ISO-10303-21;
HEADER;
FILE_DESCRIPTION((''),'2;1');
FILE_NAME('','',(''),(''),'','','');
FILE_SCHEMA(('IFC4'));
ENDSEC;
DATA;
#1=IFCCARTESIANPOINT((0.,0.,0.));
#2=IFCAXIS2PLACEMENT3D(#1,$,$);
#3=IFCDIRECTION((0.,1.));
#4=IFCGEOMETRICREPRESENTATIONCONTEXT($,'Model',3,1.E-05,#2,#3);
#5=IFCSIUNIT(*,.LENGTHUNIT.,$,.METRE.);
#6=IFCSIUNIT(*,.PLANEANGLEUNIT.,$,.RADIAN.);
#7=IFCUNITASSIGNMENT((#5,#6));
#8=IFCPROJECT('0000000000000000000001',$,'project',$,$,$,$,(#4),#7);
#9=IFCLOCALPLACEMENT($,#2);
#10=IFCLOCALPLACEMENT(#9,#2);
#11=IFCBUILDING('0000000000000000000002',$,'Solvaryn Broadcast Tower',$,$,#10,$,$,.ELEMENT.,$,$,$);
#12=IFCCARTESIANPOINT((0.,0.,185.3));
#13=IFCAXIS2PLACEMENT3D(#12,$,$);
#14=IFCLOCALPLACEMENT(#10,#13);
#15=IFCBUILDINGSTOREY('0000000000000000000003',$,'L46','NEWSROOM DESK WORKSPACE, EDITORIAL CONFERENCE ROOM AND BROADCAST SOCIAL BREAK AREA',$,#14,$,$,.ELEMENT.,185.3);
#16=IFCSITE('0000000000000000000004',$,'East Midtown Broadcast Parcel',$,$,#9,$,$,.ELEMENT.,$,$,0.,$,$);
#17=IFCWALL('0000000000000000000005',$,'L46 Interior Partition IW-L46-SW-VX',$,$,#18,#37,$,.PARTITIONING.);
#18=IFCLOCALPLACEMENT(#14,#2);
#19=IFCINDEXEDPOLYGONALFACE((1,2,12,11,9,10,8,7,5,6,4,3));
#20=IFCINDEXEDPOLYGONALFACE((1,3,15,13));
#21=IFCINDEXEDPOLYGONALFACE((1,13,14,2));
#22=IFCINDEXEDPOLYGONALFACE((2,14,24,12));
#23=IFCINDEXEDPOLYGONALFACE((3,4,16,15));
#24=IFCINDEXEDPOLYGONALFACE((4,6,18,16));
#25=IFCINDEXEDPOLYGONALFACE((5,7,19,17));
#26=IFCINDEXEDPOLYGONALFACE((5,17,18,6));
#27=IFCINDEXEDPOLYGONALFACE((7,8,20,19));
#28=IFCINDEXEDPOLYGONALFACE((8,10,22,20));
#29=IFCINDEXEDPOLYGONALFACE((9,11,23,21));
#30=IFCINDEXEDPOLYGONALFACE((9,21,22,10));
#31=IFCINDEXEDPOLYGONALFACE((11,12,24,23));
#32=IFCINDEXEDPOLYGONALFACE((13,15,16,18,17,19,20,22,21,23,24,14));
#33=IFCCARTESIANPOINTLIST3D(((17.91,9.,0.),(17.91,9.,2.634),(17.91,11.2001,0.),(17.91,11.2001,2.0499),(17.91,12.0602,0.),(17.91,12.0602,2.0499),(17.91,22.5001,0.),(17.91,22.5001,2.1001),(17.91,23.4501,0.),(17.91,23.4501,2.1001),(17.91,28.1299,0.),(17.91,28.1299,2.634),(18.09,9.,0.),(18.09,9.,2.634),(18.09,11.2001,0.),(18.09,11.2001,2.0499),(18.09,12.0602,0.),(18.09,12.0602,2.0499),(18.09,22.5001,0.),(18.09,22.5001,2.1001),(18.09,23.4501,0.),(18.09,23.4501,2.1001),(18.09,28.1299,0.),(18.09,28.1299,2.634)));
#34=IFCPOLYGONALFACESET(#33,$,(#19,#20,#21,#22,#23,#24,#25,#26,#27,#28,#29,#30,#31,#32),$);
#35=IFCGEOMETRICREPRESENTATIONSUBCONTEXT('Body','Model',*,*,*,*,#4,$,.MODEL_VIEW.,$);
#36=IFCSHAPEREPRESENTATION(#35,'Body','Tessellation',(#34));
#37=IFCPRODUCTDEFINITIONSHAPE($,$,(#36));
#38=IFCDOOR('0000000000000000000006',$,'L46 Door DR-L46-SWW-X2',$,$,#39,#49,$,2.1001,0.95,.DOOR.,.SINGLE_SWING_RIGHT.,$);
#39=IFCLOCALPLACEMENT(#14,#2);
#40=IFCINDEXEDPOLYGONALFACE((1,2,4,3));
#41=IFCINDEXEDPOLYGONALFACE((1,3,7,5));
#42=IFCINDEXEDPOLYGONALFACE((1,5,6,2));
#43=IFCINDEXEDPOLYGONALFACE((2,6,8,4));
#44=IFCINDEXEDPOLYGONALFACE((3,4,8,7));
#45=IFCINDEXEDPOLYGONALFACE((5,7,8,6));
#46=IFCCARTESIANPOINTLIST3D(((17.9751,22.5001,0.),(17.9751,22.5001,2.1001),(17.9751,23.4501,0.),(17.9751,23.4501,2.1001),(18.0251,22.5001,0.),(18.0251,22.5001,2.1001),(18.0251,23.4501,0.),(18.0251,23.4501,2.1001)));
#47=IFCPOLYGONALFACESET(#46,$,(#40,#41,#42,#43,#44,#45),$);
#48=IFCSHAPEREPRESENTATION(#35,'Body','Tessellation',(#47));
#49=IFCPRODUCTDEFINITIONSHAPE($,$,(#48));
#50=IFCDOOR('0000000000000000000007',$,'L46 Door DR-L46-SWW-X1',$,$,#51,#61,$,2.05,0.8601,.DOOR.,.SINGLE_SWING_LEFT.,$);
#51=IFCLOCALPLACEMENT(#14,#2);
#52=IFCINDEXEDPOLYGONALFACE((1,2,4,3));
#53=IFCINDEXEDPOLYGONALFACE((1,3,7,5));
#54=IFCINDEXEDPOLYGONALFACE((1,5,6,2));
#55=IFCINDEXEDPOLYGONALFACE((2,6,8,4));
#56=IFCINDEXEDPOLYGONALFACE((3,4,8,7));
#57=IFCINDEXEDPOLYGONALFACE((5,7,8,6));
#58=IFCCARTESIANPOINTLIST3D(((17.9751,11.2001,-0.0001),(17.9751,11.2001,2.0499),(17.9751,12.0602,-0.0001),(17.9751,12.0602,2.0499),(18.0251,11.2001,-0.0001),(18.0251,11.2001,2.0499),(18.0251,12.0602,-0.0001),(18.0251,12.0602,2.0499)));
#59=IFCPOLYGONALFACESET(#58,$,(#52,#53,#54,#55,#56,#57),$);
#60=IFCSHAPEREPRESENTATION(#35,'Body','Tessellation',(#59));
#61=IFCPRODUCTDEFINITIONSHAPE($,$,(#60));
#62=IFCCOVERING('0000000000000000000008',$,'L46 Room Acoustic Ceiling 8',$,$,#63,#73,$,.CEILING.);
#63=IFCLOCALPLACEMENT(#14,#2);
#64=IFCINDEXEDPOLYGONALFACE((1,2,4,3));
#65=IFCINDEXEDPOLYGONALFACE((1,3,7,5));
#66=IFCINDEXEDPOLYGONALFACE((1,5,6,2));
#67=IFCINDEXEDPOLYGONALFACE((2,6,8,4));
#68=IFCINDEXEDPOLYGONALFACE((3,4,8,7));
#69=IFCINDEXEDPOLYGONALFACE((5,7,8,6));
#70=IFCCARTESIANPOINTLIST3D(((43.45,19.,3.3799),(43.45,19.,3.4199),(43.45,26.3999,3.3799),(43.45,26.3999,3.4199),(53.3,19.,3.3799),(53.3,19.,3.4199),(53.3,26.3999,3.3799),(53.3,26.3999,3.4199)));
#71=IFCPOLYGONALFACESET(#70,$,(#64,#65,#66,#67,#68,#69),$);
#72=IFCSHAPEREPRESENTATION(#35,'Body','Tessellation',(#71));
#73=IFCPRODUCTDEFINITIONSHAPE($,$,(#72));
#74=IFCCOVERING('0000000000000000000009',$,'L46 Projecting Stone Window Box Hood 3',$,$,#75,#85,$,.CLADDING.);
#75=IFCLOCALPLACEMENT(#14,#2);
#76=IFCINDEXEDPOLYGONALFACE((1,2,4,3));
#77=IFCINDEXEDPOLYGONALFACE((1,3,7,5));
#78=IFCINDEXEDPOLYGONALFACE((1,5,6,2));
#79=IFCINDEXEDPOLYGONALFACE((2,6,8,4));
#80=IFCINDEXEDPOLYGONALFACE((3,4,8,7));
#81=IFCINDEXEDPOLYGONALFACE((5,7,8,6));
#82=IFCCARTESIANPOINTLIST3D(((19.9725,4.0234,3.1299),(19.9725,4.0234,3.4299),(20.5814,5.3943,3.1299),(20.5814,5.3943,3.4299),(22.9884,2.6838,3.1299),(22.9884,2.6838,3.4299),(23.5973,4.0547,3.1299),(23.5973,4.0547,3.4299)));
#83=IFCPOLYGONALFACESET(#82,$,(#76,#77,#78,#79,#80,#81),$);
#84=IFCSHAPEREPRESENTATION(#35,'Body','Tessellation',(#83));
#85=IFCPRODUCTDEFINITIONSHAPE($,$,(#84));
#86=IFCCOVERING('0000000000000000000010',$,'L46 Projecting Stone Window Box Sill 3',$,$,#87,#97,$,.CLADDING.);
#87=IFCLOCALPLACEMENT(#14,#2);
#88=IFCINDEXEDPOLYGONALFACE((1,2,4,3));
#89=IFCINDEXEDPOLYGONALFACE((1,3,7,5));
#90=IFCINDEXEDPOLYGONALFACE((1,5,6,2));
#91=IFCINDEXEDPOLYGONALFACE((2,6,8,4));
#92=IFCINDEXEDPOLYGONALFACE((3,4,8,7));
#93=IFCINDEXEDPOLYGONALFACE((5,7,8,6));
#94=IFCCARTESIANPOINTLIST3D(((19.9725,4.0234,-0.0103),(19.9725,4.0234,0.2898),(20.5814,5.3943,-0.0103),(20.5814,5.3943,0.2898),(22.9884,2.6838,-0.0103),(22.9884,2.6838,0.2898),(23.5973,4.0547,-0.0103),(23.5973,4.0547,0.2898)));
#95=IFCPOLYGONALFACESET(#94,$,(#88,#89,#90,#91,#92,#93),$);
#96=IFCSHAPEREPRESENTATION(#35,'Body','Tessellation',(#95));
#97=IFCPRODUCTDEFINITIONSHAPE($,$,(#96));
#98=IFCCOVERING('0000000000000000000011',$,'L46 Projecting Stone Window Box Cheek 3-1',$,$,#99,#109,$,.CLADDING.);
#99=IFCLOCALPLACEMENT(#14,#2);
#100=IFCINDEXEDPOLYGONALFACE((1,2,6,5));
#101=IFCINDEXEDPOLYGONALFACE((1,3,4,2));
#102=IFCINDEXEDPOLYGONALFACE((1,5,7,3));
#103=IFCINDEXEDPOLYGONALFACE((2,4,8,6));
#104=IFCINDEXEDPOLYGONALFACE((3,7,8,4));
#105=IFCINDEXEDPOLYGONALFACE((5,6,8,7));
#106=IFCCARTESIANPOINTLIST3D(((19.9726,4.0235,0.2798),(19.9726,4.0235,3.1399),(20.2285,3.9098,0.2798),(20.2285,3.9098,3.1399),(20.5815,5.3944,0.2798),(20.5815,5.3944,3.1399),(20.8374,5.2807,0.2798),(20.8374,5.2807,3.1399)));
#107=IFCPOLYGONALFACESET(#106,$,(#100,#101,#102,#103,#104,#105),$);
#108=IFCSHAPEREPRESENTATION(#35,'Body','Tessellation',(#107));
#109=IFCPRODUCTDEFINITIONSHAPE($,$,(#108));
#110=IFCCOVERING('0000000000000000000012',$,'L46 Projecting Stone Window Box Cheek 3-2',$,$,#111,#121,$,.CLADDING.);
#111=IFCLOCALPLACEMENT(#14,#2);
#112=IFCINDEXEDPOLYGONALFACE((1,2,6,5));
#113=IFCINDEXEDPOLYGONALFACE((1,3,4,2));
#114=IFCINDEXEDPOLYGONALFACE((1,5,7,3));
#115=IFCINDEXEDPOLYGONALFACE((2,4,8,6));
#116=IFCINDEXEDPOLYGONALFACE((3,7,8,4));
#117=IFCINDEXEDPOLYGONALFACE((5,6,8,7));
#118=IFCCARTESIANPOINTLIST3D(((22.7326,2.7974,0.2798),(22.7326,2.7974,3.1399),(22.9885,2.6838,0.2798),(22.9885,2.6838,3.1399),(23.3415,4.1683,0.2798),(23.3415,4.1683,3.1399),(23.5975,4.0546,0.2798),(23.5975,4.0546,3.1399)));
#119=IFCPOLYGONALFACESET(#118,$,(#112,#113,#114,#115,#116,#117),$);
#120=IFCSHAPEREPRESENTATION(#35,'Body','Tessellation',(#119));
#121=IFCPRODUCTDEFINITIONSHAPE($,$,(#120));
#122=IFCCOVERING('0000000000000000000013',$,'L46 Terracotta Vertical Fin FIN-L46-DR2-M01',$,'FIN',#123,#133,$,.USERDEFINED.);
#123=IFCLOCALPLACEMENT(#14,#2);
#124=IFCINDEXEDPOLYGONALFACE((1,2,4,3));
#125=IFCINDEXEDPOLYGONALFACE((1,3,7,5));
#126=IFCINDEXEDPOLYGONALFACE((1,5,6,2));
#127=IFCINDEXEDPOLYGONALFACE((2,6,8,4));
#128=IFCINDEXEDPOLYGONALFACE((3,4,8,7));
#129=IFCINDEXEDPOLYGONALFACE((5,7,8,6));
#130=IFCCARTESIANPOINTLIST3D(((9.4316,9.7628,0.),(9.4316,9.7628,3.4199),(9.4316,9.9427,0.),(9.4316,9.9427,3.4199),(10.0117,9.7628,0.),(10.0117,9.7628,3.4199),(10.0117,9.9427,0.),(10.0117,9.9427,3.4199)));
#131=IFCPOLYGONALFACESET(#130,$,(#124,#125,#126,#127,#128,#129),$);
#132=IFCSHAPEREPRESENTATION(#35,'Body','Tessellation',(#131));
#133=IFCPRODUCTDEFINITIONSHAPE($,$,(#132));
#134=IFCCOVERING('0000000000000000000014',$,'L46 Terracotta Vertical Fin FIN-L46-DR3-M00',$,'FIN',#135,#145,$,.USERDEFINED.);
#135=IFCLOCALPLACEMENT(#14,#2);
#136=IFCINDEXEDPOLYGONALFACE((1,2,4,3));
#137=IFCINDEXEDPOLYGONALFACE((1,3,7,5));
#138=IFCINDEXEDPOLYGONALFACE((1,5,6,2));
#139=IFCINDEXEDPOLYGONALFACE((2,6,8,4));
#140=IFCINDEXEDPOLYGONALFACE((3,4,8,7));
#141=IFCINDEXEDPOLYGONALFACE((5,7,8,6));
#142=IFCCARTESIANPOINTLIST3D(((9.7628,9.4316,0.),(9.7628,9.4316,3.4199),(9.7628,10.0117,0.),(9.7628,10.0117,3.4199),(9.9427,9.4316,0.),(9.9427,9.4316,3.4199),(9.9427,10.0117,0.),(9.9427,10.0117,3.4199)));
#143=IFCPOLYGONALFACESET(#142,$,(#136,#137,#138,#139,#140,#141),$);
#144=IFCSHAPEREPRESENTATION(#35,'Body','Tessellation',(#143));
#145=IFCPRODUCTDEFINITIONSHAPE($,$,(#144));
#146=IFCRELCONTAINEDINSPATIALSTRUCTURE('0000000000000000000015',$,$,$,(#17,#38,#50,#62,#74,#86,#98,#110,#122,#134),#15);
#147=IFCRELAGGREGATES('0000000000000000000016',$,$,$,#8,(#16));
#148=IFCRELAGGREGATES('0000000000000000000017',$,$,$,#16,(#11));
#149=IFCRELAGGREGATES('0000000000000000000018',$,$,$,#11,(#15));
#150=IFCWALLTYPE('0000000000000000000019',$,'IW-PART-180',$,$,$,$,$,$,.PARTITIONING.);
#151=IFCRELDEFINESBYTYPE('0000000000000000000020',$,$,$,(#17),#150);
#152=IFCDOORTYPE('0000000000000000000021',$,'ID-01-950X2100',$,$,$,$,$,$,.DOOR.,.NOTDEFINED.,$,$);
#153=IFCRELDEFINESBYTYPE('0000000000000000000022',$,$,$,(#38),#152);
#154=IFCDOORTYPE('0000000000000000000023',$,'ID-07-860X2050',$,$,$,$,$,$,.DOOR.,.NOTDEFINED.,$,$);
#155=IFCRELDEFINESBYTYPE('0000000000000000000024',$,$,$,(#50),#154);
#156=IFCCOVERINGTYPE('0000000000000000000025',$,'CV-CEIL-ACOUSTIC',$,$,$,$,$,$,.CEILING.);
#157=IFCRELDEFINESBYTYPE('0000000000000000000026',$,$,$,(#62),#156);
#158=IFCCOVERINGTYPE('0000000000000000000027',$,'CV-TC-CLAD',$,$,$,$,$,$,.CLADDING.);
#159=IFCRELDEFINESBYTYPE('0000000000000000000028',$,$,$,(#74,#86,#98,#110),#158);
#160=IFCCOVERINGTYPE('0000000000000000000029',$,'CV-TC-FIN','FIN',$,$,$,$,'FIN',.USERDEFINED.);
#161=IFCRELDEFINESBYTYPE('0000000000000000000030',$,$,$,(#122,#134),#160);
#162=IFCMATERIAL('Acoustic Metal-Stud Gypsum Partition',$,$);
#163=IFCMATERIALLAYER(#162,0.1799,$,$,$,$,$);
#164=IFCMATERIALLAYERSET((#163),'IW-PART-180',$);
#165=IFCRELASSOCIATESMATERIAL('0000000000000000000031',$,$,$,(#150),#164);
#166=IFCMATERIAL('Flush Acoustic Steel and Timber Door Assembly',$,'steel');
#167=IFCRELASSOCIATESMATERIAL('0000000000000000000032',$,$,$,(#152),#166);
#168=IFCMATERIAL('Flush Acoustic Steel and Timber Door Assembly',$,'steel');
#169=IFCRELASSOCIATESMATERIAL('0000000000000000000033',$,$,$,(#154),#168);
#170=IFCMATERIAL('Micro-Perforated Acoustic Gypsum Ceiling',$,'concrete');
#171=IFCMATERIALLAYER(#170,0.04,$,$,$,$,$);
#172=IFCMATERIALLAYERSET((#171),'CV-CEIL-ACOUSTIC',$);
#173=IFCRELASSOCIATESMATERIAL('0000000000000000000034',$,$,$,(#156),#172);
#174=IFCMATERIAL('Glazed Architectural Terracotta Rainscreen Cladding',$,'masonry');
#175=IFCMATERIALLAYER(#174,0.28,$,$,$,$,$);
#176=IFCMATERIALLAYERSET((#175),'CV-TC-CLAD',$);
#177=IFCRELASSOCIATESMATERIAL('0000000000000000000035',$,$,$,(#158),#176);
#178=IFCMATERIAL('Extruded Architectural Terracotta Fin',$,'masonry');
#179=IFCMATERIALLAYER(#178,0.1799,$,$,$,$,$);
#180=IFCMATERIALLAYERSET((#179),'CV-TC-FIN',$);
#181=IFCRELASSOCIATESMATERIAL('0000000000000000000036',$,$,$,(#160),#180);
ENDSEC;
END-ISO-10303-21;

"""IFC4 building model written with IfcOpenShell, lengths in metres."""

from ifc_helpers import new_model, si_unit, direction, frame, frame_2d, origin, origin_2d, place, context, subcontext, project, spatial, polyline, rectangle, outline, extrude, material, layer, layer_set, type_object, element, fill, save


model = new_model("IFC4")

# Units and contexts
model_context = context("Model", 3, precision=1e-05, world=origin(), true_north=direction((0.0, 1.0)))
body_context = subcontext(model_context, "Body", "Model", "MODEL_VIEW")
ifc_project = project(units=[si_unit("LENGTHUNIT", "METRE"), si_unit("PLANEANGLEUNIT", "RADIAN")], contexts=[model_context])

# Site, building, storey
site_placement = place(None, origin())
site = spatial("IfcSite", under=ifc_project, at=site_placement, Name="East Midtown Broadcast Parcel", CompositionType="ELEMENT", RefElevation=0.0)
building_placement = place(site_placement, origin())
building = spatial("IfcBuilding", under=site, at=building_placement, Name="Solvaryn Broadcast Tower", CompositionType="ELEMENT")
storey_placement = place(building_placement, frame((0.0, 0.0, 185.3)))
storey = spatial("IfcBuildingStorey", under=building, at=storey_placement, Name="L46", Description="NEWSROOM DESK WORKSPACE, EDITORIAL CONFERENCE ROOM AND BROADCAST SOCIAL BREAK AREA", CompositionType="ELEMENT", Elevation=185.3)

# Wall, openings, doors
ifc_material_1 = material(Name="Acoustic Metal-Stud Gypsum Partition")
ifc_layer_1 = layer(ifc_material_1, 0.1799)
ifc_layer_set_1 = layer_set([ifc_layer_1], Name="IW-PART-180")
wall_type_1 = type_object("IfcWallType", Name="IW-PART-180", PredefinedType="PARTITIONING", material=ifc_layer_set_1)
wall_1_placement = place(storey_placement, frame((18.0, 9.0, 0.0), z_axis=(0.0, 0.0, 1.0), x_axis=(0.0, 1.0, 0.0)))
wall_1 = element("IfcWall", 1, at=wall_1_placement, inside=storey, type_object=wall_type_1, Name="L46 Interior Partition IW-L46-SW-VX", PredefinedType="PARTITIONING", context=body_context, shape_type="SweptSolid", body=[
    extrude(rectangle(XDim=19.1299, YDim=0.1799, at=frame_2d((9.5649, 0.0))), origin(), (0.0, 0.0, 1.0), 2.634),
])
opening_1_placement = place(wall_1_placement, frame((2.2, 0.0, 0.0)))
opening_1 = element("IfcOpeningElement", 2, at=opening_1_placement, cuts=wall_1, PredefinedType="OPENING", context=body_context, shape_type="SweptSolid", body=[
    extrude(rectangle(XDim=0.8601, YDim=2.05, at=frame_2d((0.4302, 1.0249))), frame((0.0, 0.0999, 0.0), z_axis=(0.0, -1.0, 0.0), x_axis=(1.0, 0.0, 0.0)), (0.0, 0.0, 1.0), 0.2),
])
opening_2_placement = place(wall_1_placement, frame((13.5, 0.0, 0.0)))
opening_2 = element("IfcOpeningElement", 3, at=opening_2_placement, cuts=wall_1, PredefinedType="OPENING", context=body_context, shape_type="SweptSolid", body=[
    extrude(rectangle(XDim=0.95, YDim=2.1001, at=frame_2d((0.4751, 1.05))), frame((0.0, 0.0999, 0.0), z_axis=(0.0, -1.0, 0.0), x_axis=(1.0, 0.0, 0.0)), (0.0, 0.0, 1.0), 0.2),
])
ifc_material_2 = material(Name="Flush Acoustic Steel and Timber Door Assembly", Category="steel")
door_type_1 = type_object("IfcDoorType", Name="ID-01-950X2100", OperationType="NOTDEFINED", PredefinedType="DOOR", material=ifc_material_2)
door_1_placement = place(opening_2_placement, origin())
door_1 = element("IfcDoor", 4, at=door_1_placement, inside=storey, type_object=door_type_1, Name="L46 Door DR-L46-SWW-X2", OperationType="SINGLE_SWING_RIGHT", OverallHeight=2.1001, OverallWidth=0.95, PredefinedType="DOOR", context=body_context, shape_type="SweptSolid", body=[
    extrude(rectangle(XDim=0.95, YDim=2.1001, at=frame_2d((0.4751, 1.05))), frame((0.0, 0.0249, 0.0), z_axis=(0.0, -1.0, 0.0), x_axis=(1.0, 0.0, 0.0)), (0.0, 0.0, 1.0), 0.05),
])
fill(opening_2, door_1)
ifc_material_3 = material(Name="Flush Acoustic Steel and Timber Door Assembly", Category="steel")
door_type_2 = type_object("IfcDoorType", Name="ID-07-860X2050", OperationType="NOTDEFINED", PredefinedType="DOOR", material=ifc_material_3)
door_2_placement = place(opening_1_placement, origin())
door_2 = element("IfcDoor", 5, at=door_2_placement, inside=storey, type_object=door_type_2, Name="L46 Door DR-L46-SWW-X1", OperationType="SINGLE_SWING_LEFT", OverallHeight=2.05, OverallWidth=0.8601, PredefinedType="DOOR", context=body_context, shape_type="SweptSolid", body=[
    extrude(rectangle(XDim=0.8601, YDim=2.05, at=frame_2d((0.4302, 1.0249))), frame((0.0, 0.0249, 0.0), z_axis=(0.0, -1.0, 0.0), x_axis=(1.0, 0.0, 0.0)), (0.0, 0.0, 1.0), 0.05),
])
fill(opening_1, door_2)

# Coverings
ifc_material_4 = material(Name="Micro-Perforated Acoustic Gypsum Ceiling", Category="concrete")
ifc_layer_2 = layer(ifc_material_4, 0.04)
ifc_layer_set_2 = layer_set([ifc_layer_2], Name="CV-CEIL-ACOUSTIC")
covering_type_1 = type_object("IfcCoveringType", Name="CV-CEIL-ACOUSTIC", PredefinedType="CEILING", material=ifc_layer_set_2)
covering_1_placement = place(storey_placement, frame((0.0, 0.0, 3.3799)))
element("IfcCovering", 6, at=covering_1_placement, inside=storey, type_object=covering_type_1, Name="L46 Room Acoustic Ceiling 8", PredefinedType="CEILING", context=body_context, shape_type="SweptSolid", body=[
    extrude(outline(polyline([(43.45, 19.0), (53.3, 19.0), (53.3, 26.3999), (43.45, 26.3999), (43.45, 19.0)])), origin(), (0.0, 0.0, 1.0), 0.04),
])
ifc_material_5 = material(Name="Glazed Architectural Terracotta Rainscreen Cladding", Category="masonry")
ifc_layer_3 = layer(ifc_material_5, 0.28)
ifc_layer_set_3 = layer_set([ifc_layer_3], Name="CV-TC-CLAD")
covering_type_2 = type_object("IfcCoveringType", Name="CV-TC-CLAD", PredefinedType="CLADDING", material=ifc_layer_set_3)
for number, where, z_axis, x_axis, name in (
    (7, (21.7849, 4.0391, 3.1299), (0.0, 0.0, 1.0), (0.9139, -0.405939, 0.0), "L46 Projecting Stone Window Box Hood 3"),
    (8, (21.7849, 4.0391, -0.0103), (0.0, 0.0, 1.0), (0.9139, -0.405939, 0.0), "L46 Projecting Stone Window Box Sill 3"),
):
    element("IfcCovering", number, at=place(storey_placement, frame(where, z_axis=z_axis, x_axis=x_axis)), inside=storey, type_object=covering_type_2, Name=name, PredefinedType="CLADDING", context=body_context, shape_type="SweptSolid", body=[
        extrude(rectangle(XDim=3.3, YDim=1.5, at=origin_2d()), origin(), (0.0, 0.0, 1.0), 0.3),
    ])
for number, where, z_axis, x_axis, name in (
    (9, (20.405, 4.6521, 0.2798), (0.0, 0.0, 1.0), (0.9139, -0.405939, 0.0), "L46 Projecting Stone Window Box Cheek 3-1"),
    (10, (23.165, 3.426, 0.2798), (0.0, 0.0, 1.0), (0.9139, -0.405939, 0.0), "L46 Projecting Stone Window Box Cheek 3-2"),
):
    element("IfcCovering", number, at=place(storey_placement, frame(where, z_axis=z_axis, x_axis=x_axis)), inside=storey, type_object=covering_type_2, Name=name, PredefinedType="CLADDING", context=body_context, shape_type="SweptSolid", body=[
        extrude(rectangle(XDim=0.28, YDim=1.5, at=origin_2d()), origin(), (0.0, 0.0, 1.0), 2.8601),
    ])
ifc_material_6 = material(Name="Extruded Architectural Terracotta Fin", Category="masonry")
ifc_layer_4 = layer(ifc_material_6, 0.1799)
ifc_layer_set_4 = layer_set([ifc_layer_4], Name="CV-TC-FIN")
covering_type_3 = type_object("IfcCoveringType", Name="CV-TC-FIN", Description="FIN", ElementType="FIN", PredefinedType="USERDEFINED", material=ifc_layer_set_4)
covering_2_placement = place(storey_placement, frame((9.7217, 9.8528, 0.0), z_axis=(0.0, 0.0, 1.0), x_axis=(1.0, 0.0, 0.0)))
element("IfcCovering", 11, at=covering_2_placement, inside=storey, type_object=covering_type_3, Name="L46 Terracotta Vertical Fin FIN-L46-DR2-M01", ObjectType="FIN", PredefinedType="USERDEFINED", context=body_context, shape_type="SweptSolid", body=[
    extrude(rectangle(XDim=0.5801, YDim=0.1799, at=origin_2d()), origin(), (0.0, 0.0, 1.0), 3.4199),
])
covering_3_placement = place(storey_placement, frame((9.8528, 9.7217, 0.0), z_axis=(0.0, 0.0, 1.0), x_axis=(1.0, 0.0, 0.0)))
element("IfcCovering", 12, at=covering_3_placement, inside=storey, type_object=covering_type_3, Name="L46 Terracotta Vertical Fin FIN-L46-DR3-M00", ObjectType="FIN", PredefinedType="USERDEFINED", context=body_context, shape_type="SweptSolid", body=[
    extrude(rectangle(XDim=0.1799, YDim=0.5801, at=origin_2d()), origin(), (0.0, 0.0, 1.0), 3.4199),
])

save(model, "model.ifc")
